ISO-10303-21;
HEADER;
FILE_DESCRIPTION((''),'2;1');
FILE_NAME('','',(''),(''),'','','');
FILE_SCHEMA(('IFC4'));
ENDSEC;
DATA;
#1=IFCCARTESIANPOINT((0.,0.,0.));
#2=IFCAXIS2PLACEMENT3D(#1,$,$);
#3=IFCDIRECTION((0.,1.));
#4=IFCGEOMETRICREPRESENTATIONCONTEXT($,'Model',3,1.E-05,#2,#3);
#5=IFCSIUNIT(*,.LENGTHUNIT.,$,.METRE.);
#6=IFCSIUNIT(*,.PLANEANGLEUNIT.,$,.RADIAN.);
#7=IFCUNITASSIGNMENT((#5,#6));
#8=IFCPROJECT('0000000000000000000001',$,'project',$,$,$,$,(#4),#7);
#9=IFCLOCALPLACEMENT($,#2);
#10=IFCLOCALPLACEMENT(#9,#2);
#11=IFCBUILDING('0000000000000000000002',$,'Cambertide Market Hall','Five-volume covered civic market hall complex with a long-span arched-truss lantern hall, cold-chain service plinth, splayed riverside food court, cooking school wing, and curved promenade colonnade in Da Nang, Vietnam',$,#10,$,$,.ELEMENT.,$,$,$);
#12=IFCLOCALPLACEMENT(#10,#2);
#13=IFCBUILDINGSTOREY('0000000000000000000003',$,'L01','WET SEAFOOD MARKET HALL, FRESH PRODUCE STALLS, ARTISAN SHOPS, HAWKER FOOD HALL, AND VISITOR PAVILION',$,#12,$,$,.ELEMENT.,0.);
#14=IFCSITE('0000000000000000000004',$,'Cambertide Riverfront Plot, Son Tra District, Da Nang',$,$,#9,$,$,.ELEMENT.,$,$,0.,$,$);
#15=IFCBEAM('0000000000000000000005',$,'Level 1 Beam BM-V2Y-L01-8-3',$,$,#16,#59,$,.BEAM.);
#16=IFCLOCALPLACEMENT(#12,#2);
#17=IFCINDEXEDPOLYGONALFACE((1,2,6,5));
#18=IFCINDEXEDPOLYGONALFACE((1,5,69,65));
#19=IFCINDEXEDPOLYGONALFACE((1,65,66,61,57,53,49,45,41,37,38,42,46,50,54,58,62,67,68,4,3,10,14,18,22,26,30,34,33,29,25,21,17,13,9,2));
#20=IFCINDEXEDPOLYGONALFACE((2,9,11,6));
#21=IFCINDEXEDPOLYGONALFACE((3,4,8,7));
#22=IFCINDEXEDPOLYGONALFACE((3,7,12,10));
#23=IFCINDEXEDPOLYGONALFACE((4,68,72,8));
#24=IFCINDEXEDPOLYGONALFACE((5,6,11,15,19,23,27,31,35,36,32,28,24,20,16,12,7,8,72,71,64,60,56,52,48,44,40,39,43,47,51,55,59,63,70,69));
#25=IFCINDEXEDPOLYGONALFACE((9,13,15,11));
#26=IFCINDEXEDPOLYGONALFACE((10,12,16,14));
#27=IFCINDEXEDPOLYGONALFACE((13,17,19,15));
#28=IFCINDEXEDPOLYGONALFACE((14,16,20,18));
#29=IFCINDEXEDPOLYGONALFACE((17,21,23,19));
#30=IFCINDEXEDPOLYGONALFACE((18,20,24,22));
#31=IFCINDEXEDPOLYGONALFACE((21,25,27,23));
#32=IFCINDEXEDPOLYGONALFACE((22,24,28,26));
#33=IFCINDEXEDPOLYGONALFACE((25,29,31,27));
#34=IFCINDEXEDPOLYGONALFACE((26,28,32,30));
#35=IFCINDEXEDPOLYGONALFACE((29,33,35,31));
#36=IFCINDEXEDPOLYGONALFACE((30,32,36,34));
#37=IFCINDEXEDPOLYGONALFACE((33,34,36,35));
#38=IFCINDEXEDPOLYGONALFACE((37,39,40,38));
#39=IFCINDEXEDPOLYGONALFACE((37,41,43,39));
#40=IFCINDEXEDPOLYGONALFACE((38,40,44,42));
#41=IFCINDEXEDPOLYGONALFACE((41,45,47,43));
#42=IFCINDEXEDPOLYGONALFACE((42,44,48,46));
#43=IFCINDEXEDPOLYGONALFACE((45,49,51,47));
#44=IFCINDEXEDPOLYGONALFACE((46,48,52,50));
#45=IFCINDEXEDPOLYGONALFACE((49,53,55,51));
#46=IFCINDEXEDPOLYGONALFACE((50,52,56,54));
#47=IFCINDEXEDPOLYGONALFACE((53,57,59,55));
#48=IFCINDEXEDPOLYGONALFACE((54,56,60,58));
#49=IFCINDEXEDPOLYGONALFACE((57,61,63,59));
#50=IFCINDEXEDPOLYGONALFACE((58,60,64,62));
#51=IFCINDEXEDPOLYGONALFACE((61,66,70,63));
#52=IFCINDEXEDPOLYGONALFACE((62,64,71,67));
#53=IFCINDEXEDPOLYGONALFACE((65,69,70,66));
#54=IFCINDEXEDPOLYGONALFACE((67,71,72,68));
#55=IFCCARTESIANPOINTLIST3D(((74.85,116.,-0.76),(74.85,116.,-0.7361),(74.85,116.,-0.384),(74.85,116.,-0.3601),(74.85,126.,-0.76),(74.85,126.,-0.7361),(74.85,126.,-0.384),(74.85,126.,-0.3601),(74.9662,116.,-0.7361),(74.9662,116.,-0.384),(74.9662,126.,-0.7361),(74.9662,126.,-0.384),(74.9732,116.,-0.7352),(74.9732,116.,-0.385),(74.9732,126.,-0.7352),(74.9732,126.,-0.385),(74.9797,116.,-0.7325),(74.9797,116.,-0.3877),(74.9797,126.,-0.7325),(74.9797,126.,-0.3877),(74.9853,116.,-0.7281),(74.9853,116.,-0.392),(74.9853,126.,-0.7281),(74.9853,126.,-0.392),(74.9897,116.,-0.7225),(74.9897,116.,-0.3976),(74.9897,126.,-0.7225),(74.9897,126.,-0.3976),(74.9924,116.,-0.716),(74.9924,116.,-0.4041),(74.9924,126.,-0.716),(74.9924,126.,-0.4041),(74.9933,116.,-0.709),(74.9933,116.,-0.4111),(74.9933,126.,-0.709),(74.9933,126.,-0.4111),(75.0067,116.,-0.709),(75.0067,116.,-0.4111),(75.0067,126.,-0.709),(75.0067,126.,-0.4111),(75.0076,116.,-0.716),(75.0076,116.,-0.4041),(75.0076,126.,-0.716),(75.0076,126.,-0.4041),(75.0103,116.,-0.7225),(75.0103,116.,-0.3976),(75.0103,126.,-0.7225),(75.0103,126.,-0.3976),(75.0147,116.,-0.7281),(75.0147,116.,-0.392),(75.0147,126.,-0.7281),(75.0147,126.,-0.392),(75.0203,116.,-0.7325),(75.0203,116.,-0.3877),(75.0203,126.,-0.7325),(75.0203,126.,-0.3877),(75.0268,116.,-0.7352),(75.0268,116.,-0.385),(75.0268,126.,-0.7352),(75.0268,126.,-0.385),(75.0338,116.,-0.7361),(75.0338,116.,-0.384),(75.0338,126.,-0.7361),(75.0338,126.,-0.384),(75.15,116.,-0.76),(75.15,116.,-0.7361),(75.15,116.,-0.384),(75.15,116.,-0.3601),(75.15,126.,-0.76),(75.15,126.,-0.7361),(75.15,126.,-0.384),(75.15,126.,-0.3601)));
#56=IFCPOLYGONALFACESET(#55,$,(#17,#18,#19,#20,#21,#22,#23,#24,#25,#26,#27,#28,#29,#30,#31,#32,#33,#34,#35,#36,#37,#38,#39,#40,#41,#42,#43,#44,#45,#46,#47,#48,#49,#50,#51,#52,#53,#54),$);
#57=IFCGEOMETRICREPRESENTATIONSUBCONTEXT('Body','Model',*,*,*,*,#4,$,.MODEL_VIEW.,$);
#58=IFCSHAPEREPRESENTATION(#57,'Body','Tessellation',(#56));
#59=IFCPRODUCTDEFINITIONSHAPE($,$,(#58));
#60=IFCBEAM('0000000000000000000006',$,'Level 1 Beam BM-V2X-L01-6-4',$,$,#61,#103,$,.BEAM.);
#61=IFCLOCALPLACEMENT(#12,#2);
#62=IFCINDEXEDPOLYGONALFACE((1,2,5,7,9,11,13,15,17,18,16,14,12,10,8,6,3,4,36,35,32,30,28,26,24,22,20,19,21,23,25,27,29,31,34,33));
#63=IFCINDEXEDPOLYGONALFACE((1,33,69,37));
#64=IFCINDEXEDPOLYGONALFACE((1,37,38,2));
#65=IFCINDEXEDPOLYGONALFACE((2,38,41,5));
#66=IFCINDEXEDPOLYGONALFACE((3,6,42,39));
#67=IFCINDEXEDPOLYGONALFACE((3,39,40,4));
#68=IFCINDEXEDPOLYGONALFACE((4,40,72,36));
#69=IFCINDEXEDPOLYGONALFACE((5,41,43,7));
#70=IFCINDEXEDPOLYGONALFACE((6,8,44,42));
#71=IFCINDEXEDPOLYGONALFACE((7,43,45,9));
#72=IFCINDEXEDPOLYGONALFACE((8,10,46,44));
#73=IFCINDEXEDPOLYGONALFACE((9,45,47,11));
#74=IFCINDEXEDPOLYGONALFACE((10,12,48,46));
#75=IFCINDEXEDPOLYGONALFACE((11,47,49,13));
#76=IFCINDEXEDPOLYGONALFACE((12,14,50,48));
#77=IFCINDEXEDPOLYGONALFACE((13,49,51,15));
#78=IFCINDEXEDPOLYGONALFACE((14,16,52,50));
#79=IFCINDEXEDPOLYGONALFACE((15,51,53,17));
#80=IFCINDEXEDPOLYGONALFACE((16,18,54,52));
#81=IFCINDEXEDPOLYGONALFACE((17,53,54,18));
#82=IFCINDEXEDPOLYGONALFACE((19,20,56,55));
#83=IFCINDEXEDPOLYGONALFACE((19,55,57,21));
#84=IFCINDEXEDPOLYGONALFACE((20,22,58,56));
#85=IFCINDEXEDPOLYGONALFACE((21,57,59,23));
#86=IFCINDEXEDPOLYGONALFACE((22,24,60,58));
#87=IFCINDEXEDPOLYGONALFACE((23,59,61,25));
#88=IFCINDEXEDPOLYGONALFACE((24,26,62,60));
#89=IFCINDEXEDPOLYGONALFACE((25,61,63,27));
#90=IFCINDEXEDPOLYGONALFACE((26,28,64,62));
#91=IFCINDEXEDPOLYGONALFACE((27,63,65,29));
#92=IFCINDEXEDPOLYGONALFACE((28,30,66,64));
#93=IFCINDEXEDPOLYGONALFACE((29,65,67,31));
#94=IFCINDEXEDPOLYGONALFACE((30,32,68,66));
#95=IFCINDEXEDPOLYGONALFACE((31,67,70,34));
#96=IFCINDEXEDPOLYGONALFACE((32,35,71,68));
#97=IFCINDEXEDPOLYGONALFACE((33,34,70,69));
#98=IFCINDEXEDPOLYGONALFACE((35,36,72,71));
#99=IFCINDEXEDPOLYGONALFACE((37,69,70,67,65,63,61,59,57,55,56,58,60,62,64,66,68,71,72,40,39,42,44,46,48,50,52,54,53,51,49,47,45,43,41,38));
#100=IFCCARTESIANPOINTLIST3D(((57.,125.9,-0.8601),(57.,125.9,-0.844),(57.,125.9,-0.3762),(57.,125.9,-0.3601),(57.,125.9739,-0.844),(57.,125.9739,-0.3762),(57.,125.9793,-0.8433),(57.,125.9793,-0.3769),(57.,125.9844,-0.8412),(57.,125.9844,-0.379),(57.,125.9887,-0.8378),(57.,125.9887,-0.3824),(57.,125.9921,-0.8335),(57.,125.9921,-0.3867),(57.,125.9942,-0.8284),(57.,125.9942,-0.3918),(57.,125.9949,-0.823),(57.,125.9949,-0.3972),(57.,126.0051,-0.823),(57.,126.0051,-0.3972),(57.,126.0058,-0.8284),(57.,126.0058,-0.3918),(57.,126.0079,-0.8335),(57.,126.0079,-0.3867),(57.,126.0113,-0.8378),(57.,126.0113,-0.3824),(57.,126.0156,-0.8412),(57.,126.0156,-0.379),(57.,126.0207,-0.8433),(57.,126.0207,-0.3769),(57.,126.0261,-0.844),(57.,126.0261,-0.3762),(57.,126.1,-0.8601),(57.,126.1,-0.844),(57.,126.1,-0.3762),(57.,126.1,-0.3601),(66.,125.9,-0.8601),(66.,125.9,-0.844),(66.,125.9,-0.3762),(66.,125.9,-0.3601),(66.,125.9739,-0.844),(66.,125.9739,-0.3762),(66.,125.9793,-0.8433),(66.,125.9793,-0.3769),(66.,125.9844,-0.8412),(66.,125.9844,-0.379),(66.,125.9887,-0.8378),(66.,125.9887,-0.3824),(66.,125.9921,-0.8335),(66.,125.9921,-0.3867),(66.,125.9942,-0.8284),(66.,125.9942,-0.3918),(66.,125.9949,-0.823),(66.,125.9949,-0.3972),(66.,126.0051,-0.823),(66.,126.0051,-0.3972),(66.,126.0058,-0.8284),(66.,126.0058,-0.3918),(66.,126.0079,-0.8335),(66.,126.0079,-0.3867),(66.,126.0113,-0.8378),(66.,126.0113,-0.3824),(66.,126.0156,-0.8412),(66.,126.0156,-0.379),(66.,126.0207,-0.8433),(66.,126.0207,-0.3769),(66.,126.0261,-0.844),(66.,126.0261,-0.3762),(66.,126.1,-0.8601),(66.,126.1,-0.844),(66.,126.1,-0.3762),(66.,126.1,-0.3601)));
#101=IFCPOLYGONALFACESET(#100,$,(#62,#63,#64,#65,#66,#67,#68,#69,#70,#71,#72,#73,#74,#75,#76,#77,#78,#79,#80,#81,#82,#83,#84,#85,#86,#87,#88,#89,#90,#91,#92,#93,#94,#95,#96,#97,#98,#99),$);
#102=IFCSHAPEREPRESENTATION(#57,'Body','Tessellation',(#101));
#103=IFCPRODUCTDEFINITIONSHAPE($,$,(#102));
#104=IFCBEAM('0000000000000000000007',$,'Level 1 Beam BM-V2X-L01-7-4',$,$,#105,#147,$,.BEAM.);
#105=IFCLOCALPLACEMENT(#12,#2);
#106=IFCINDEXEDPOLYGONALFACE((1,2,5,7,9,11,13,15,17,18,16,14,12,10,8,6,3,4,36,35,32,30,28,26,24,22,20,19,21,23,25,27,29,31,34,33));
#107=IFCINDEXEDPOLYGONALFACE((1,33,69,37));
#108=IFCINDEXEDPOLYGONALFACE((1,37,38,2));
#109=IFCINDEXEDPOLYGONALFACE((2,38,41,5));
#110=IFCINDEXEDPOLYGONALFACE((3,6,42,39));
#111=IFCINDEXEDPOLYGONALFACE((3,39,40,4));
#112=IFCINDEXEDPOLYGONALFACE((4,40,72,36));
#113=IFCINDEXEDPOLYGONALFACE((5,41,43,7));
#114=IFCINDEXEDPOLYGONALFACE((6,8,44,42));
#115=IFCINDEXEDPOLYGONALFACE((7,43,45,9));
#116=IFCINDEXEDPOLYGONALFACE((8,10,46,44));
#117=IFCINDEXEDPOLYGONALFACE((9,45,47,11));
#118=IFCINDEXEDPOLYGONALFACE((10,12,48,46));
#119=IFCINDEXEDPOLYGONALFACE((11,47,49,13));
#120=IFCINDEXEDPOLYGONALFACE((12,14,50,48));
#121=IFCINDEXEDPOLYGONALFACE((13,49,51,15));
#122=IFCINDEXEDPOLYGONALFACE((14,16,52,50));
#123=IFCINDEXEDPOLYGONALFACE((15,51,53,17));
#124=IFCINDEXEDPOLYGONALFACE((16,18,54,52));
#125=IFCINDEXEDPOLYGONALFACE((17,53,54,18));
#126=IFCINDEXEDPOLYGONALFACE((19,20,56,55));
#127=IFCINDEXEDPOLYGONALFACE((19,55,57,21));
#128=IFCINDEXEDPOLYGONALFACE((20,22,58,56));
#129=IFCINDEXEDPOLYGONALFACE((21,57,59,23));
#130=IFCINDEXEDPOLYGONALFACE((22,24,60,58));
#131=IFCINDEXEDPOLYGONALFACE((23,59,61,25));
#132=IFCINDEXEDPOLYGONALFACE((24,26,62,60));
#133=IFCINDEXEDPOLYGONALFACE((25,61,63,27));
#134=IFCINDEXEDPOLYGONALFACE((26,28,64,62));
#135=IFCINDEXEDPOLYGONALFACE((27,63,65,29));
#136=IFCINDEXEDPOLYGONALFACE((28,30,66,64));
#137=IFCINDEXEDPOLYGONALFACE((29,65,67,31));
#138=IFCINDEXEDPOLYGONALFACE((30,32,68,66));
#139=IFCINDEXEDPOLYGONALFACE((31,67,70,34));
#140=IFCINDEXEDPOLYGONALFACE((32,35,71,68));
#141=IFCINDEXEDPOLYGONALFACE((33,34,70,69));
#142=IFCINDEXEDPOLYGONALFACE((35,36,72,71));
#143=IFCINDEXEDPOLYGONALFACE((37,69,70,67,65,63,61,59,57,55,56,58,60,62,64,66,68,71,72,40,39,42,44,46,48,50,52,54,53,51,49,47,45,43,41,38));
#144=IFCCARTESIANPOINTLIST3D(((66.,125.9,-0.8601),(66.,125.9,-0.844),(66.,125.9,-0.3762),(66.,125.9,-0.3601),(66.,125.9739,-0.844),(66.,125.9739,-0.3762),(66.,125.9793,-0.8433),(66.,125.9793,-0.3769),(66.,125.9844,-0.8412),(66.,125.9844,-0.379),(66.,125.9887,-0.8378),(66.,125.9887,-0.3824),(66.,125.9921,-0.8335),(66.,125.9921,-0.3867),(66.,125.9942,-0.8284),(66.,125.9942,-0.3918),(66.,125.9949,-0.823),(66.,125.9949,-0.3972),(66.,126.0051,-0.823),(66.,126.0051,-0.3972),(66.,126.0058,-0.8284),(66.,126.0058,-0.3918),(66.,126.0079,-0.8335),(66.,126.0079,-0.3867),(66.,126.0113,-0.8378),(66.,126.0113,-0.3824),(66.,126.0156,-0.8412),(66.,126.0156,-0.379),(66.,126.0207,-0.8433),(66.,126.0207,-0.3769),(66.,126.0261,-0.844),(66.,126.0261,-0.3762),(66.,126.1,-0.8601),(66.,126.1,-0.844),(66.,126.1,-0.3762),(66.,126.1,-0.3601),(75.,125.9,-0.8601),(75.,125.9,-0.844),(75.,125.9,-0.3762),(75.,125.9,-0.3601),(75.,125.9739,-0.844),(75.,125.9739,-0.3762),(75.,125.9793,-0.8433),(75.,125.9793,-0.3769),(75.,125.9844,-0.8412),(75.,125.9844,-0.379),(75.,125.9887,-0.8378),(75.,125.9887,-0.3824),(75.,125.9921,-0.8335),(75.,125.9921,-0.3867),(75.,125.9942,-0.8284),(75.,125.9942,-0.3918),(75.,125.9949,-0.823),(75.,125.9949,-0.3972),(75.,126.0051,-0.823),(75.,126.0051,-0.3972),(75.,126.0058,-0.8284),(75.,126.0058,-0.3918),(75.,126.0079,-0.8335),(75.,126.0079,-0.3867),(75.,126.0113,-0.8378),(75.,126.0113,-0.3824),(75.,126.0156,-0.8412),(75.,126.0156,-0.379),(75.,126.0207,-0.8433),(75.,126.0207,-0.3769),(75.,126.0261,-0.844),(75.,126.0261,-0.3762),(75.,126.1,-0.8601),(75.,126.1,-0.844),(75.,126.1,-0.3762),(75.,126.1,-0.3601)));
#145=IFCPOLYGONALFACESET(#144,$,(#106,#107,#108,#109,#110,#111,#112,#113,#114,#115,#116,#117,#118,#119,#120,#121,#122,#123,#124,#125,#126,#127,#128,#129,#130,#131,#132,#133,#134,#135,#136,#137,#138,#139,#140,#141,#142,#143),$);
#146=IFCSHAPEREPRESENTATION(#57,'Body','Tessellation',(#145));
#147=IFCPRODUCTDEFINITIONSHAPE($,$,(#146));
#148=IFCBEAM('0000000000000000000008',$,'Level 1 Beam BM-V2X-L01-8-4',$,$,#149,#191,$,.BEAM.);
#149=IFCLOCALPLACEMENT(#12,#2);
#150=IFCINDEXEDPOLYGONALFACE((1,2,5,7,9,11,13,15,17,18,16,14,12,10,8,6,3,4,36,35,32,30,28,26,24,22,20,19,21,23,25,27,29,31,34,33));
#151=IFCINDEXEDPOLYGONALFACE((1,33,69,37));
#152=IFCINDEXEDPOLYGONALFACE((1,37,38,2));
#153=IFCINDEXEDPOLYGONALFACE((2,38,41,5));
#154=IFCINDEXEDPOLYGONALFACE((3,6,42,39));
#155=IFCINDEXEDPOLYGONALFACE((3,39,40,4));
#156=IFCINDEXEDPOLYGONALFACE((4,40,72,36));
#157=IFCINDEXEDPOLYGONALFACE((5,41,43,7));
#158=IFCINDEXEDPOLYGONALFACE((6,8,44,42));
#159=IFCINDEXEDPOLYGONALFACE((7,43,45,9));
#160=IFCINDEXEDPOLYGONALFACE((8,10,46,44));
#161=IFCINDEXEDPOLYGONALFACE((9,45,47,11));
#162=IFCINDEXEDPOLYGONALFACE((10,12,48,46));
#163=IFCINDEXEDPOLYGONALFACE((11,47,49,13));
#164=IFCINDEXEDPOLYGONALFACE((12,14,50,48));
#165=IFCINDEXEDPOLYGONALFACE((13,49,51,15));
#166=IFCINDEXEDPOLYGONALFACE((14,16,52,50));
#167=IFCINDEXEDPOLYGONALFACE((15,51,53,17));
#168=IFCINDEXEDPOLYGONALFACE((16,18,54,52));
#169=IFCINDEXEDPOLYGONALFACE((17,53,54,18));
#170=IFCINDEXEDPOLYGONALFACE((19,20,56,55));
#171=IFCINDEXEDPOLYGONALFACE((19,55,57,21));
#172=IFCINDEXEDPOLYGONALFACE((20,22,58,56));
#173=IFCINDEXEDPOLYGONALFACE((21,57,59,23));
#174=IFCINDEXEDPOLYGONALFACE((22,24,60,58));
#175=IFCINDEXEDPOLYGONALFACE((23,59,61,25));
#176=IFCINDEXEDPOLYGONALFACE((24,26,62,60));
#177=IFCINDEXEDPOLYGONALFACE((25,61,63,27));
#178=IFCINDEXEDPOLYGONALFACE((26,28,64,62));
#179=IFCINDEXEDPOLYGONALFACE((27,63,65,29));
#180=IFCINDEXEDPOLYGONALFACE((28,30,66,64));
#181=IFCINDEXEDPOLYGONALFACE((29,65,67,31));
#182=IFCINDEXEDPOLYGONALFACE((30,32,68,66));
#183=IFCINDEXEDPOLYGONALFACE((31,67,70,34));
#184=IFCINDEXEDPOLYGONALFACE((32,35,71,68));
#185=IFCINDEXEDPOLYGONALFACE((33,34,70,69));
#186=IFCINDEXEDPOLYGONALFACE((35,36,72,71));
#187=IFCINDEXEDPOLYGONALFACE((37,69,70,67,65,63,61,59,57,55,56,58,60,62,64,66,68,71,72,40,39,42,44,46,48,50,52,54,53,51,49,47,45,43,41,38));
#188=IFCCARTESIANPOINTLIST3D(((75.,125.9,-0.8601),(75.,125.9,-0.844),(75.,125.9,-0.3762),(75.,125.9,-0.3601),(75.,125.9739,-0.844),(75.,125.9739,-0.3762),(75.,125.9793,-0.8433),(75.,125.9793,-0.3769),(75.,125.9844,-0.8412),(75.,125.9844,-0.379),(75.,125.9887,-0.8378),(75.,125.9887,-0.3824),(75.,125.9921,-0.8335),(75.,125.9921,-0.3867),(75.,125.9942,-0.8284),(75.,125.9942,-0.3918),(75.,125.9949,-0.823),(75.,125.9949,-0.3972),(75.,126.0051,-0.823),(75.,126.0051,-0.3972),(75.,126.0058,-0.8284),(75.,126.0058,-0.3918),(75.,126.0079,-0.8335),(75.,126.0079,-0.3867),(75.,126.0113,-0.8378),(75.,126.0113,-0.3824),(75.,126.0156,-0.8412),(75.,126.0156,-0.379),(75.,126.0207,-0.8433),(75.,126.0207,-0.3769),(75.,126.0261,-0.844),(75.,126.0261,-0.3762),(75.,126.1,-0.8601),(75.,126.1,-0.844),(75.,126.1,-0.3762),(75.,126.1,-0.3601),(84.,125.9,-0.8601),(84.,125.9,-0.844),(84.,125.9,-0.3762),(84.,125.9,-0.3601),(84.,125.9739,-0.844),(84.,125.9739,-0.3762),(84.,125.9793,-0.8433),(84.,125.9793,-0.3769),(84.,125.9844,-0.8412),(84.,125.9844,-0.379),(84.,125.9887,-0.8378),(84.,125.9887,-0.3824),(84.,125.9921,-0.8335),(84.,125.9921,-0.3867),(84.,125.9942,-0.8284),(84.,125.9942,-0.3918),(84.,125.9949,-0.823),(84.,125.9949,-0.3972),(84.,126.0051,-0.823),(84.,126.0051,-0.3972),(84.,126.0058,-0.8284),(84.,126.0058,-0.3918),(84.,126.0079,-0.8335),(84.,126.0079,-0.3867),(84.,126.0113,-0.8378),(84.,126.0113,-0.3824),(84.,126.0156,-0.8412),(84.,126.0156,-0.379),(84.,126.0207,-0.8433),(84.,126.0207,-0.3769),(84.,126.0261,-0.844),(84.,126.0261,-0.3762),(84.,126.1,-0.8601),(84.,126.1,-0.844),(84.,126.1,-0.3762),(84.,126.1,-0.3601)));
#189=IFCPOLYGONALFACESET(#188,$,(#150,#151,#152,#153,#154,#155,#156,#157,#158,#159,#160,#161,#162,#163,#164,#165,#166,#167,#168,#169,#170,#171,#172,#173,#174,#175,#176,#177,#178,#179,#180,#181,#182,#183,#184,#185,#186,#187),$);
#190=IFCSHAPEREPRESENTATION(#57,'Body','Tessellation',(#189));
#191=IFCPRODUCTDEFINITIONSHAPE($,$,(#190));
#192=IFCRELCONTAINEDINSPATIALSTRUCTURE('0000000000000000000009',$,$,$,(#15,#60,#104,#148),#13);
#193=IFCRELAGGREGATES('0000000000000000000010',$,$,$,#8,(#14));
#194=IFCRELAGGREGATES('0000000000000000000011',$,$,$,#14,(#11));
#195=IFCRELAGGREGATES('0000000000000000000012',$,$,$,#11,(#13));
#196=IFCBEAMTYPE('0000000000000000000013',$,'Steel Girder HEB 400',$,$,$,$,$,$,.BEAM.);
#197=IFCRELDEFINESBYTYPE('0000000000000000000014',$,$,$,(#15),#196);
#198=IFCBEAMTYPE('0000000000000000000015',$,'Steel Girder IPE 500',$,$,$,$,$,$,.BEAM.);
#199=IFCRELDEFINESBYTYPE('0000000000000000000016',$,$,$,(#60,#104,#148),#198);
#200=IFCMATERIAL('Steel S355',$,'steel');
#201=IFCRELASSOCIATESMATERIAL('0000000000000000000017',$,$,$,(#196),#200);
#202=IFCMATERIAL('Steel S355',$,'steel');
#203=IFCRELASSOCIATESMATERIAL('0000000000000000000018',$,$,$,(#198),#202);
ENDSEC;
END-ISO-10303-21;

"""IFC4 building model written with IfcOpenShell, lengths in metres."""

from ifc_helpers import new_model, si_unit, direction, frame, origin, origin_2d, place, context, subcontext, project, spatial, i_section, extrude, material, material_profile, profile_set, type_object, element, save


model = new_model("IFC4")

# Units and contexts
model_context = context("Model", 3, precision=1e-05, world=origin(), true_north=direction((0.0, 1.0)))
body_context = subcontext(model_context, "Body", "Model", "MODEL_VIEW")
ifc_project = project(units=[si_unit("LENGTHUNIT", "METRE"), si_unit("PLANEANGLEUNIT", "RADIAN")], contexts=[model_context])

# Site, building, storey
site_placement = place(None, origin())
site = spatial("IfcSite", under=ifc_project, at=site_placement, Name="Cambertide Riverfront Plot, Son Tra District, Da Nang", CompositionType="ELEMENT", RefElevation=0.0)
building_placement = place(site_placement, origin())
building = spatial("IfcBuilding", under=site, at=building_placement, Name="Cambertide Market Hall", Description="Five-volume covered civic market hall complex with a long-span arched-truss lantern hall, cold-chain service plinth, splayed riverside food court, cooking school wing, and curved promenade colonnade in Da Nang, Vietnam", CompositionType="ELEMENT")
storey_placement = place(building_placement, origin())
storey = spatial("IfcBuildingStorey", under=building, at=storey_placement, Name="L01", Description="WET SEAFOOD MARKET HALL, FRESH PRODUCE STALLS, ARTISAN SHOPS, HAWKER FOOD HALL, AND VISITOR PAVILION", CompositionType="ELEMENT", Elevation=0.0)

# Beams
ifc_material_1 = material(Name="Steel S355", Category="steel")
ifc_material_profile_1 = material_profile(ifc_material_1, i_section(OverallWidth=0.3, OverallDepth=0.3999, WebThickness=0.0134, FlangeThickness=0.0239, FilletRadius=0.0271, at=origin_2d()), Name="HEB 400")
ifc_profile_set_1 = profile_set([ifc_material_profile_1], Name="Steel S355")
beam_type_1 = type_object("IfcBeamType", Name="Steel Girder HEB 400", PredefinedType="BEAM", material=ifc_profile_set_1)
beam_1_placement = place(storey_placement, frame((75.0, 116.0, -0.5601), z_axis=(0.0, 1.0, 0.0), x_axis=(-1.0, 0.0, 0.0)))
element("IfcBeam", 1, at=beam_1_placement, inside=storey, type_object=beam_type_1, Name="Level 1 Beam BM-V2Y-L01-8-3", PredefinedType="BEAM", context=body_context, shape_type="SweptSolid", body=[
    extrude(i_section(OverallWidth=0.3, OverallDepth=0.3999, WebThickness=0.0134, FlangeThickness=0.0239, FilletRadius=0.0271, at=origin_2d()), origin(), (0.0, 0.0, 1.0), 10.0),
])
ifc_material_2 = material(Name="Steel S355", Category="steel")
ifc_material_profile_2 = material_profile(ifc_material_2, i_section(OverallWidth=0.2, OverallDepth=0.5, WebThickness=0.0103, FlangeThickness=0.0161, FilletRadius=0.021, at=origin_2d()), Name="IPE 500")
ifc_profile_set_2 = profile_set([ifc_material_profile_2], Name="Steel S355")
beam_type_2 = type_object("IfcBeamType", Name="Steel Girder IPE 500", PredefinedType="BEAM", material=ifc_profile_set_2)
for number, where, z_axis, x_axis, name in (
    (2, (57.0, 126.0, -0.6101), (1.0, 0.0, 0.0), (0.0, 1.0, 0.0), "Level 1 Beam BM-V2X-L01-6-4"),
    (3, (66.0, 126.0, -0.6101), (1.0, 0.0, 0.0), (0.0, 1.0, 0.0), "Level 1 Beam BM-V2X-L01-7-4"),
    (4, (75.0, 126.0, -0.6101), (1.0, 0.0, 0.0), (0.0, 1.0, 0.0), "Level 1 Beam BM-V2X-L01-8-4"),
):
    element("IfcBeam", number, at=place(storey_placement, frame(where, z_axis=z_axis, x_axis=x_axis)), inside=storey, type_object=beam_type_2, Name=name, PredefinedType="BEAM", context=body_context, shape_type="SweptSolid", body=[
        extrude(i_section(OverallWidth=0.2, OverallDepth=0.5, WebThickness=0.0103, FlangeThickness=0.0161, FilletRadius=0.021, at=origin_2d()), origin(), (0.0, 0.0, 1.0), 9.0),
    ])

save(model, "model.ifc")
